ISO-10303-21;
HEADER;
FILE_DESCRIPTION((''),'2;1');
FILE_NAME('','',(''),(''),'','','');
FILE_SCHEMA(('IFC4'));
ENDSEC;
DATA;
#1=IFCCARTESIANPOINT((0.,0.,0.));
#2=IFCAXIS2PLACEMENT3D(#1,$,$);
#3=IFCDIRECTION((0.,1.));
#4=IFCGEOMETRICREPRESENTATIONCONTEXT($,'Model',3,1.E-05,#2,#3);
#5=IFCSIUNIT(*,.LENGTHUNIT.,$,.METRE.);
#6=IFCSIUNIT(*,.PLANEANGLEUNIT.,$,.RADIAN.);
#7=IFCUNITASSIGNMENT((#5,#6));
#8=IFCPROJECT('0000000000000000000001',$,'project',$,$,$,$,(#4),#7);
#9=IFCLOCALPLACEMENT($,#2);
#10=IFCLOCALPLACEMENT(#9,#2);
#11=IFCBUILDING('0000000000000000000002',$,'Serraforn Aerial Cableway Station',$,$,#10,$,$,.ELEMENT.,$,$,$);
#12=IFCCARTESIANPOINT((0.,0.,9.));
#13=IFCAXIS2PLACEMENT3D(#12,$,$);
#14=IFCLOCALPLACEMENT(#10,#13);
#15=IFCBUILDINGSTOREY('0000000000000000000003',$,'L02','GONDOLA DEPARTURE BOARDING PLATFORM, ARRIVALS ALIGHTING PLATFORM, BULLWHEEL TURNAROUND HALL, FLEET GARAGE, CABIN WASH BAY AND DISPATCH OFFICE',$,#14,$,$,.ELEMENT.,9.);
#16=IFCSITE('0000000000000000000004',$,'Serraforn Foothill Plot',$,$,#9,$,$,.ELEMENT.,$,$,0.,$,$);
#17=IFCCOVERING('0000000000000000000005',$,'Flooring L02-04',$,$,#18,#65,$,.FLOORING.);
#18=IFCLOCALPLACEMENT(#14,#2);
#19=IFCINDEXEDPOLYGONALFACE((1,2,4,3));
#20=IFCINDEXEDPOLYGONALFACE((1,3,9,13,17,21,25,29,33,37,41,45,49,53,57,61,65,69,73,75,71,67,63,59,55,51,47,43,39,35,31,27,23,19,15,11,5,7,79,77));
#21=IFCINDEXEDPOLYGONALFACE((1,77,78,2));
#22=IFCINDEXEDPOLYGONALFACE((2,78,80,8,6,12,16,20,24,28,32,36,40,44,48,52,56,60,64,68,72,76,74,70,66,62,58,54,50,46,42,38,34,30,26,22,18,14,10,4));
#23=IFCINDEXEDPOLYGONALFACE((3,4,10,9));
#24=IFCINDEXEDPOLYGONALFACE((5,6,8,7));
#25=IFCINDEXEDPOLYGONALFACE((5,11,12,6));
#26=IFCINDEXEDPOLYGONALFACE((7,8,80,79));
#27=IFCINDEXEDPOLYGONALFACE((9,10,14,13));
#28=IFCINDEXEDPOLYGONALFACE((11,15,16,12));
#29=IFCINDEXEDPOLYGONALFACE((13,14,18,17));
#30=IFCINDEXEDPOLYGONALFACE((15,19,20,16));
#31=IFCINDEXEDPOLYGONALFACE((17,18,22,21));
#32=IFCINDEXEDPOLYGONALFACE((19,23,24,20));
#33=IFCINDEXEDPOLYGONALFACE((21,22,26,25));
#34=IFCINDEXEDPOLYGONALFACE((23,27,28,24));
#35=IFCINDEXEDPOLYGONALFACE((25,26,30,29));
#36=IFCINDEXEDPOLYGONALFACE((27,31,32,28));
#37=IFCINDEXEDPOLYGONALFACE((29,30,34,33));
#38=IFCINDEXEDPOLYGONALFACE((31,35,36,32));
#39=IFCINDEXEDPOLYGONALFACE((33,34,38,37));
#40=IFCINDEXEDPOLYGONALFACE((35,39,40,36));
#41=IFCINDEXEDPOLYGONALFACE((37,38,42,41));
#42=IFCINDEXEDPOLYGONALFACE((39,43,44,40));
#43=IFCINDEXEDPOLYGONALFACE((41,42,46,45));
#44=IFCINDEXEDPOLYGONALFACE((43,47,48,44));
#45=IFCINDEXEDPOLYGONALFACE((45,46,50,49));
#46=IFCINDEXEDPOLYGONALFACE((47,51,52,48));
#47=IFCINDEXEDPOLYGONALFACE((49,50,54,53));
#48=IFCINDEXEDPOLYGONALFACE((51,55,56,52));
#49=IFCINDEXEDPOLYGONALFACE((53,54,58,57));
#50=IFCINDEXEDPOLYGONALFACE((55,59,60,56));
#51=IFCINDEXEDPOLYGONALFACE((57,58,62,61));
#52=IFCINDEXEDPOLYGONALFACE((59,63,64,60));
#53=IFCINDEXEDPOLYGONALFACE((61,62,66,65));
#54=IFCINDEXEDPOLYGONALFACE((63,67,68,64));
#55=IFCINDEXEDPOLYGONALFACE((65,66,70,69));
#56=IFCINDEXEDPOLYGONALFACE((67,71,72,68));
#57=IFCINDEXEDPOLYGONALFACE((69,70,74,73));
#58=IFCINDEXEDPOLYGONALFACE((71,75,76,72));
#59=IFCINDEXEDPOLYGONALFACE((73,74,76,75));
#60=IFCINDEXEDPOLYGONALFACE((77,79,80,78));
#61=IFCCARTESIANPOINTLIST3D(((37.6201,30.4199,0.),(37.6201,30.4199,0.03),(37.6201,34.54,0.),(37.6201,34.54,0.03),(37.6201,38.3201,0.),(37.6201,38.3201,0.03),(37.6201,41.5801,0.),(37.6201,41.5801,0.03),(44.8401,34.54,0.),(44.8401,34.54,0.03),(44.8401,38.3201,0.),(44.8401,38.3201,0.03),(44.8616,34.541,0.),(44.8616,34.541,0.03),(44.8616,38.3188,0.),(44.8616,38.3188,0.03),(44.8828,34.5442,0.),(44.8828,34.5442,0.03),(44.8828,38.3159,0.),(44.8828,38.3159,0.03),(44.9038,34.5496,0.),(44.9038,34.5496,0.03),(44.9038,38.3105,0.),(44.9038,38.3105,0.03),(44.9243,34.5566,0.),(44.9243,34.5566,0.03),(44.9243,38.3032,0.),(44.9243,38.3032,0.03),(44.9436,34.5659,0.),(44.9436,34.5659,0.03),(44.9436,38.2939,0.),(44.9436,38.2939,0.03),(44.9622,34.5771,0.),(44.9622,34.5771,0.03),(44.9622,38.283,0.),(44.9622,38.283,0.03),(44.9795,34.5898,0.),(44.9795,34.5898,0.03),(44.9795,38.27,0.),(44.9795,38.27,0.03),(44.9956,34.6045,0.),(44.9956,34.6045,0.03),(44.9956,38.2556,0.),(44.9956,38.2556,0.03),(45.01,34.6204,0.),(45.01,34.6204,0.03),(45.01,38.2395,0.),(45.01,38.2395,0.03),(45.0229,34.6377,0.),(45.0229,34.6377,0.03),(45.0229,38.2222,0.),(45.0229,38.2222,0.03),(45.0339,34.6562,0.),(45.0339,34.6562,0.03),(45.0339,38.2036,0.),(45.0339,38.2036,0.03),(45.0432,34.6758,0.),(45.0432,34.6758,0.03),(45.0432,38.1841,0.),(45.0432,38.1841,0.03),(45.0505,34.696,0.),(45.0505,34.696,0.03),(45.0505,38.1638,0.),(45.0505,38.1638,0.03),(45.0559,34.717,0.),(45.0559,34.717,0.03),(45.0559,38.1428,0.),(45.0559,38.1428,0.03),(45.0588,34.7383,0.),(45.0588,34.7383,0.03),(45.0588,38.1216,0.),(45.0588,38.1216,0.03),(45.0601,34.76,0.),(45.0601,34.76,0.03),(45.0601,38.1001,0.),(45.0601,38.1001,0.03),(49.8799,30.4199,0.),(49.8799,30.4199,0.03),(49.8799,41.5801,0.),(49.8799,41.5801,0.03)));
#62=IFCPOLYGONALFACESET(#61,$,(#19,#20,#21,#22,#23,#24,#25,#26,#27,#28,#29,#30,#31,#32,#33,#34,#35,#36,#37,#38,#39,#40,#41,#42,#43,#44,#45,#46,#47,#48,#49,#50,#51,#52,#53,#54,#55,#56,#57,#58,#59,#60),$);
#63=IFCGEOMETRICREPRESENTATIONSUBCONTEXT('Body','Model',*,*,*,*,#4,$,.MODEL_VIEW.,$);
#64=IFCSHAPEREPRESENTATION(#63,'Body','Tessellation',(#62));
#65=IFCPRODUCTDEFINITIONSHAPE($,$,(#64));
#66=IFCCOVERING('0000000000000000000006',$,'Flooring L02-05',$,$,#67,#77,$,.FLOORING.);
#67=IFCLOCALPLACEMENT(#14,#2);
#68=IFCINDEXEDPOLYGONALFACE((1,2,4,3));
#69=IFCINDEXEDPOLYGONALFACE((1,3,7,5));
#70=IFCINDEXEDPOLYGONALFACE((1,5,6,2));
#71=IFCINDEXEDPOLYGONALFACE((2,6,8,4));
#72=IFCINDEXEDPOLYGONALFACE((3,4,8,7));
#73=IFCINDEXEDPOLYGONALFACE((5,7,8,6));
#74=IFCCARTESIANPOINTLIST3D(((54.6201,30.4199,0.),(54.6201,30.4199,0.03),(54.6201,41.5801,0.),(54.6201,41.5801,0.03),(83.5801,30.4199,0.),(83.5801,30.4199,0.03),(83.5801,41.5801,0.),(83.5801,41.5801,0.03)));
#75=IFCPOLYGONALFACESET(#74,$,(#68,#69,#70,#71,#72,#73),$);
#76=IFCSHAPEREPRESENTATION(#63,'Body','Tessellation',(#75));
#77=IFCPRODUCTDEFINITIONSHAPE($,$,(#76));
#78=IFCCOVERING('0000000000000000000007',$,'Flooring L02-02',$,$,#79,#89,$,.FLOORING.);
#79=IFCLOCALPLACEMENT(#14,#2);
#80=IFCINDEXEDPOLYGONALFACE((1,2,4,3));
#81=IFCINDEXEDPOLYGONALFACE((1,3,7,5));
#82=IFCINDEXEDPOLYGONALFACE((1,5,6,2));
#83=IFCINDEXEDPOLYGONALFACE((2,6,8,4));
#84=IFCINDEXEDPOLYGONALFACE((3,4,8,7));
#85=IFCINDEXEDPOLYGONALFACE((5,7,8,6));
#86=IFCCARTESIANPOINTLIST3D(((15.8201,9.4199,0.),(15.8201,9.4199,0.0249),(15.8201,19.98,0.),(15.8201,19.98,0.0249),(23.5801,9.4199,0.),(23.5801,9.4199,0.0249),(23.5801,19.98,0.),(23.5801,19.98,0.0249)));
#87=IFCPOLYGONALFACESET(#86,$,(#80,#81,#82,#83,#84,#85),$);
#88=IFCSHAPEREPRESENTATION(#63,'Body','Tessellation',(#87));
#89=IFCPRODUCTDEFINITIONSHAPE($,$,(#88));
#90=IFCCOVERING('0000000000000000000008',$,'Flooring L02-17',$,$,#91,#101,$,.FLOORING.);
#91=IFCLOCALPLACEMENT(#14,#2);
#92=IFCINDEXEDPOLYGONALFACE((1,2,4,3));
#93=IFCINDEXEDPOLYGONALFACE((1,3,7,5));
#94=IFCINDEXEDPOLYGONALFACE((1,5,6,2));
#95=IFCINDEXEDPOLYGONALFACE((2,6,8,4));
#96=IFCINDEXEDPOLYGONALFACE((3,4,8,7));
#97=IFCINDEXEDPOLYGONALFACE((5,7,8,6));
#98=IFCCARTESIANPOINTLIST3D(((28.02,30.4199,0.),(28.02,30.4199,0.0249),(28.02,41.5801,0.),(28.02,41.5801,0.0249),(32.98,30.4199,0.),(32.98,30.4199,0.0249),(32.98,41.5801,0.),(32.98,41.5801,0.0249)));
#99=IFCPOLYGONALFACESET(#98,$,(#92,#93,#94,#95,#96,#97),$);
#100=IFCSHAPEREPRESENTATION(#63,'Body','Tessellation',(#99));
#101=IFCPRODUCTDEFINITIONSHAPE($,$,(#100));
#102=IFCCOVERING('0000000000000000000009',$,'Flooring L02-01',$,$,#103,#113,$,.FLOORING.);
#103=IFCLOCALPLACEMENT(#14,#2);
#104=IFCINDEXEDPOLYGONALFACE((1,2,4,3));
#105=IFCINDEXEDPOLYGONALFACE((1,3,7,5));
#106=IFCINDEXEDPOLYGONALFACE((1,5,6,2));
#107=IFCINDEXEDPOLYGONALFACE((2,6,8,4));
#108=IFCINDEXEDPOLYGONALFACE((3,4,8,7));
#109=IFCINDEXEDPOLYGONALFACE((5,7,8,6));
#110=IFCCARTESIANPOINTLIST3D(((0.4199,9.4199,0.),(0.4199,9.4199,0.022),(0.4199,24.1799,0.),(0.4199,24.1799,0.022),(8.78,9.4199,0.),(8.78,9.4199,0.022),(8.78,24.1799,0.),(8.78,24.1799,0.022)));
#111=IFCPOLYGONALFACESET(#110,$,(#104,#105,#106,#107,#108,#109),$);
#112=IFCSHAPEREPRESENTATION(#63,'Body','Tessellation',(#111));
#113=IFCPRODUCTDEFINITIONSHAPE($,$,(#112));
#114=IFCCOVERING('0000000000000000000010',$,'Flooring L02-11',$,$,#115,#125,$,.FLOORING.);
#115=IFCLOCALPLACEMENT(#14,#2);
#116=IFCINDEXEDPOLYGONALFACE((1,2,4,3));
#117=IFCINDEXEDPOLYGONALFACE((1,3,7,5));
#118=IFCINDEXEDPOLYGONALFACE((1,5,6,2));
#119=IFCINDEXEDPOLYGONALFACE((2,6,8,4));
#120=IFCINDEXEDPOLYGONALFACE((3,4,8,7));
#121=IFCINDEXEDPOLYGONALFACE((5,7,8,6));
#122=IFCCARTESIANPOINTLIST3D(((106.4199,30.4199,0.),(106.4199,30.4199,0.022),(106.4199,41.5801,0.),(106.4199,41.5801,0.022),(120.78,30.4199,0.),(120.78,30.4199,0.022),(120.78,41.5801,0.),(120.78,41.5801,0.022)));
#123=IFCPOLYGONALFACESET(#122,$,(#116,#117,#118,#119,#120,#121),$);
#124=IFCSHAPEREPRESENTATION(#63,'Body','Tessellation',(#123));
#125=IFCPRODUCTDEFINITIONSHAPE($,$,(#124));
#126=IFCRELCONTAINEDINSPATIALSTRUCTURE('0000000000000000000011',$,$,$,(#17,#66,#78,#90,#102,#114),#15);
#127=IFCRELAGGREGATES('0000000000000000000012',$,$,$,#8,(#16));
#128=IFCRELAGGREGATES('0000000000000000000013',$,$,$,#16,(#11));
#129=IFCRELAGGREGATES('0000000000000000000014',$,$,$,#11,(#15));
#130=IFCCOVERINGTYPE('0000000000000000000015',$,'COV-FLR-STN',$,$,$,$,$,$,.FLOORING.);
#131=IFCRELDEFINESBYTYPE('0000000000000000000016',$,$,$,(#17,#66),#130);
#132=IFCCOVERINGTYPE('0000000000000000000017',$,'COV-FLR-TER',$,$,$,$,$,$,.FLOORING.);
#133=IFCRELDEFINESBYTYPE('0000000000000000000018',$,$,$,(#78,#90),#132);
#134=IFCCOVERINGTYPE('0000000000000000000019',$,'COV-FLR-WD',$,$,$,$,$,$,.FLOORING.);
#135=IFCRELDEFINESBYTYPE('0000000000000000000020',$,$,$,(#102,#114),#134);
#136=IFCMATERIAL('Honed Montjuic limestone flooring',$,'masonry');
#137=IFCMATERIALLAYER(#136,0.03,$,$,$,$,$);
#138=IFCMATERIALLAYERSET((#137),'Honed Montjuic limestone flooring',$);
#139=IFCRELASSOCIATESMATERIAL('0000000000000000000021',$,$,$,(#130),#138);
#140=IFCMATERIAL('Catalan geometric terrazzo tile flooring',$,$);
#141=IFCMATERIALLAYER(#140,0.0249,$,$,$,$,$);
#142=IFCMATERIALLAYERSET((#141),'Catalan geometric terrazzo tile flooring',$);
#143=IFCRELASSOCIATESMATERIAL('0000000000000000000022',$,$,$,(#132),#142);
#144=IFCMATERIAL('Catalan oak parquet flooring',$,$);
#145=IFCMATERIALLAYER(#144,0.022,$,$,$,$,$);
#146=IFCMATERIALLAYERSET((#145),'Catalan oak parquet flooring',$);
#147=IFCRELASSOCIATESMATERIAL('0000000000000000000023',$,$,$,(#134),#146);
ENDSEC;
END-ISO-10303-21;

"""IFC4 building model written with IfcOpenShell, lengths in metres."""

from ifc_helpers import new_model, si_unit, direction, frame, origin, place, context, subcontext, project, spatial, polyline, outline, extrude, material, layer, layer_set, type_object, element, save


model = new_model("IFC4")

# Units and contexts
model_context = context("Model", 3, precision=1e-05, world=origin(), true_north=direction((0.0, 1.0)))
body_context = subcontext(model_context, "Body", "Model", "MODEL_VIEW")
ifc_project = project(units=[si_unit("LENGTHUNIT", "METRE"), si_unit("PLANEANGLEUNIT", "RADIAN")], contexts=[model_context])

# Site, building, storey
site_placement = place(None, origin())
site = spatial("IfcSite", under=ifc_project, at=site_placement, Name="Serraforn Foothill Plot", CompositionType="ELEMENT", RefElevation=0.0)
building_placement = place(site_placement, origin())
building = spatial("IfcBuilding", under=site, at=building_placement, Name="Serraforn Aerial Cableway Station", CompositionType="ELEMENT")
storey_placement = place(building_placement, frame((0.0, 0.0, 9.0)))
storey = spatial("IfcBuildingStorey", under=building, at=storey_placement, Name="L02", Description="GONDOLA DEPARTURE BOARDING PLATFORM, ARRIVALS ALIGHTING PLATFORM, BULLWHEEL TURNAROUND HALL, FLEET GARAGE, CABIN WASH BAY AND DISPATCH OFFICE", CompositionType="ELEMENT", Elevation=9.0)

# Coverings
ifc_material_1 = material(Name="Honed Montjuic limestone flooring", Category="masonry")
ifc_layer_1 = layer(ifc_material_1, 0.03)
ifc_layer_set_1 = layer_set([ifc_layer_1], Name="Honed Montjuic limestone flooring")
covering_type_1 = type_object("IfcCoveringType", Name="COV-FLR-STN", PredefinedType="FLOORING", material=ifc_layer_set_1)
covering_1_placement = place(storey_placement, origin())
element("IfcCovering", 1, at=covering_1_placement, inside=storey, type_object=covering_type_1, Name="Flooring L02-04", PredefinedType="FLOORING", context=body_context, shape_type="SweptSolid", body=[
    extrude(outline(polyline([(37.6201, 41.5801), (49.8799, 41.5801), (49.8799, 30.4199), (37.6201, 30.4199), (37.6201, 34.54), (44.8401, 34.54), (44.8616, 34.541), (44.8828, 34.5442), (44.9038, 34.5496), (44.9243, 34.5566), (44.9436, 34.5659), (44.9622, 34.5771), (44.9795, 34.5898), (44.9956, 34.6045), (45.01, 34.6204), (45.0229, 34.6377), (45.0339, 34.6562), (45.0432, 34.6758), (45.0505, 34.696), (45.0559, 34.717), (45.0588, 34.7383), (45.0601, 34.76), (45.0601, 38.1001), (45.0588, 38.1216), (45.0559, 38.1428), (45.0505, 38.1638), (45.0432, 38.1841), (45.0339, 38.2036), (45.0229, 38.2222), (45.01, 38.2395), (44.9956, 38.2556), (44.9795, 38.27), (44.9622, 38.283), (44.9436, 38.2939), (44.9243, 38.3032), (44.9038, 38.3105), (44.8828, 38.3159), (44.8616, 38.3188), (44.8401, 38.3201), (37.6201, 38.3201), (37.6201, 41.5801)])), origin(), (0.0, 0.0, 1.0), 0.03),
])
covering_2_placement = place(storey_placement, origin())
element("IfcCovering", 2, at=covering_2_placement, inside=storey, type_object=covering_type_1, Name="Flooring L02-05", PredefinedType="FLOORING", context=body_context, shape_type="SweptSolid", body=[
    extrude(outline(polyline([(54.6201, 30.4199), (54.6201, 41.5801), (83.5801, 41.5801), (83.5801, 30.4199), (54.6201, 30.4199)])), origin(), (0.0, 0.0, 1.0), 0.03),
])
ifc_material_2 = material(Name="Catalan geometric terrazzo tile flooring")
ifc_layer_2 = layer(ifc_material_2, 0.0249)
ifc_layer_set_2 = layer_set([ifc_layer_2], Name="Catalan geometric terrazzo tile flooring")
covering_type_2 = type_object("IfcCoveringType", Name="COV-FLR-TER", PredefinedType="FLOORING", material=ifc_layer_set_2)
covering_3_placement = place(storey_placement, origin())
element("IfcCovering", 3, at=covering_3_placement, inside=storey, type_object=covering_type_2, Name="Flooring L02-02", PredefinedType="FLOORING", context=body_context, shape_type="SweptSolid", body=[
    extrude(outline(polyline([(15.8201, 9.4199), (15.8201, 19.98), (23.5801, 19.98), (23.5801, 9.4199), (15.8201, 9.4199)])), origin(), (0.0, 0.0, 1.0), 0.0249),
])
covering_4_placement = place(storey_placement, origin())
element("IfcCovering", 4, at=covering_4_placement, inside=storey, type_object=covering_type_2, Name="Flooring L02-17", PredefinedType="FLOORING", context=body_context, shape_type="SweptSolid", body=[
    extrude(outline(polyline([(28.02, 30.4199), (28.02, 41.5801), (32.98, 41.5801), (32.98, 30.4199), (28.02, 30.4199)])), origin(), (0.0, 0.0, 1.0), 0.0249),
])
ifc_material_3 = material(Name="Catalan oak parquet flooring")
ifc_layer_3 = layer(ifc_material_3, 0.022)
ifc_layer_set_3 = layer_set([ifc_layer_3], Name="Catalan oak parquet flooring")
covering_type_3 = type_object("IfcCoveringType", Name="COV-FLR-WD", PredefinedType="FLOORING", material=ifc_layer_set_3)
covering_5_placement = place(storey_placement, origin())
element("IfcCovering", 5, at=covering_5_placement, inside=storey, type_object=covering_type_3, Name="Flooring L02-01", PredefinedType="FLOORING", context=body_context, shape_type="SweptSolid", body=[
    extrude(outline(polyline([(8.78, 9.4199), (0.4199, 9.4199), (0.4199, 24.1799), (8.78, 24.1799), (8.78, 9.4199)])), origin(), (0.0, 0.0, 1.0), 0.022),
])
covering_6_placement = place(storey_placement, origin())
element("IfcCovering", 6, at=covering_6_placement, inside=storey, type_object=covering_type_3, Name="Flooring L02-11", PredefinedType="FLOORING", context=body_context, shape_type="SweptSolid", body=[
    extrude(outline(polyline([(106.4199, 30.4199), (106.4199, 41.5801), (120.78, 41.5801), (120.78, 30.4199), (106.4199, 30.4199)])), origin(), (0.0, 0.0, 1.0), 0.022),
])

save(model, "model.ifc")
